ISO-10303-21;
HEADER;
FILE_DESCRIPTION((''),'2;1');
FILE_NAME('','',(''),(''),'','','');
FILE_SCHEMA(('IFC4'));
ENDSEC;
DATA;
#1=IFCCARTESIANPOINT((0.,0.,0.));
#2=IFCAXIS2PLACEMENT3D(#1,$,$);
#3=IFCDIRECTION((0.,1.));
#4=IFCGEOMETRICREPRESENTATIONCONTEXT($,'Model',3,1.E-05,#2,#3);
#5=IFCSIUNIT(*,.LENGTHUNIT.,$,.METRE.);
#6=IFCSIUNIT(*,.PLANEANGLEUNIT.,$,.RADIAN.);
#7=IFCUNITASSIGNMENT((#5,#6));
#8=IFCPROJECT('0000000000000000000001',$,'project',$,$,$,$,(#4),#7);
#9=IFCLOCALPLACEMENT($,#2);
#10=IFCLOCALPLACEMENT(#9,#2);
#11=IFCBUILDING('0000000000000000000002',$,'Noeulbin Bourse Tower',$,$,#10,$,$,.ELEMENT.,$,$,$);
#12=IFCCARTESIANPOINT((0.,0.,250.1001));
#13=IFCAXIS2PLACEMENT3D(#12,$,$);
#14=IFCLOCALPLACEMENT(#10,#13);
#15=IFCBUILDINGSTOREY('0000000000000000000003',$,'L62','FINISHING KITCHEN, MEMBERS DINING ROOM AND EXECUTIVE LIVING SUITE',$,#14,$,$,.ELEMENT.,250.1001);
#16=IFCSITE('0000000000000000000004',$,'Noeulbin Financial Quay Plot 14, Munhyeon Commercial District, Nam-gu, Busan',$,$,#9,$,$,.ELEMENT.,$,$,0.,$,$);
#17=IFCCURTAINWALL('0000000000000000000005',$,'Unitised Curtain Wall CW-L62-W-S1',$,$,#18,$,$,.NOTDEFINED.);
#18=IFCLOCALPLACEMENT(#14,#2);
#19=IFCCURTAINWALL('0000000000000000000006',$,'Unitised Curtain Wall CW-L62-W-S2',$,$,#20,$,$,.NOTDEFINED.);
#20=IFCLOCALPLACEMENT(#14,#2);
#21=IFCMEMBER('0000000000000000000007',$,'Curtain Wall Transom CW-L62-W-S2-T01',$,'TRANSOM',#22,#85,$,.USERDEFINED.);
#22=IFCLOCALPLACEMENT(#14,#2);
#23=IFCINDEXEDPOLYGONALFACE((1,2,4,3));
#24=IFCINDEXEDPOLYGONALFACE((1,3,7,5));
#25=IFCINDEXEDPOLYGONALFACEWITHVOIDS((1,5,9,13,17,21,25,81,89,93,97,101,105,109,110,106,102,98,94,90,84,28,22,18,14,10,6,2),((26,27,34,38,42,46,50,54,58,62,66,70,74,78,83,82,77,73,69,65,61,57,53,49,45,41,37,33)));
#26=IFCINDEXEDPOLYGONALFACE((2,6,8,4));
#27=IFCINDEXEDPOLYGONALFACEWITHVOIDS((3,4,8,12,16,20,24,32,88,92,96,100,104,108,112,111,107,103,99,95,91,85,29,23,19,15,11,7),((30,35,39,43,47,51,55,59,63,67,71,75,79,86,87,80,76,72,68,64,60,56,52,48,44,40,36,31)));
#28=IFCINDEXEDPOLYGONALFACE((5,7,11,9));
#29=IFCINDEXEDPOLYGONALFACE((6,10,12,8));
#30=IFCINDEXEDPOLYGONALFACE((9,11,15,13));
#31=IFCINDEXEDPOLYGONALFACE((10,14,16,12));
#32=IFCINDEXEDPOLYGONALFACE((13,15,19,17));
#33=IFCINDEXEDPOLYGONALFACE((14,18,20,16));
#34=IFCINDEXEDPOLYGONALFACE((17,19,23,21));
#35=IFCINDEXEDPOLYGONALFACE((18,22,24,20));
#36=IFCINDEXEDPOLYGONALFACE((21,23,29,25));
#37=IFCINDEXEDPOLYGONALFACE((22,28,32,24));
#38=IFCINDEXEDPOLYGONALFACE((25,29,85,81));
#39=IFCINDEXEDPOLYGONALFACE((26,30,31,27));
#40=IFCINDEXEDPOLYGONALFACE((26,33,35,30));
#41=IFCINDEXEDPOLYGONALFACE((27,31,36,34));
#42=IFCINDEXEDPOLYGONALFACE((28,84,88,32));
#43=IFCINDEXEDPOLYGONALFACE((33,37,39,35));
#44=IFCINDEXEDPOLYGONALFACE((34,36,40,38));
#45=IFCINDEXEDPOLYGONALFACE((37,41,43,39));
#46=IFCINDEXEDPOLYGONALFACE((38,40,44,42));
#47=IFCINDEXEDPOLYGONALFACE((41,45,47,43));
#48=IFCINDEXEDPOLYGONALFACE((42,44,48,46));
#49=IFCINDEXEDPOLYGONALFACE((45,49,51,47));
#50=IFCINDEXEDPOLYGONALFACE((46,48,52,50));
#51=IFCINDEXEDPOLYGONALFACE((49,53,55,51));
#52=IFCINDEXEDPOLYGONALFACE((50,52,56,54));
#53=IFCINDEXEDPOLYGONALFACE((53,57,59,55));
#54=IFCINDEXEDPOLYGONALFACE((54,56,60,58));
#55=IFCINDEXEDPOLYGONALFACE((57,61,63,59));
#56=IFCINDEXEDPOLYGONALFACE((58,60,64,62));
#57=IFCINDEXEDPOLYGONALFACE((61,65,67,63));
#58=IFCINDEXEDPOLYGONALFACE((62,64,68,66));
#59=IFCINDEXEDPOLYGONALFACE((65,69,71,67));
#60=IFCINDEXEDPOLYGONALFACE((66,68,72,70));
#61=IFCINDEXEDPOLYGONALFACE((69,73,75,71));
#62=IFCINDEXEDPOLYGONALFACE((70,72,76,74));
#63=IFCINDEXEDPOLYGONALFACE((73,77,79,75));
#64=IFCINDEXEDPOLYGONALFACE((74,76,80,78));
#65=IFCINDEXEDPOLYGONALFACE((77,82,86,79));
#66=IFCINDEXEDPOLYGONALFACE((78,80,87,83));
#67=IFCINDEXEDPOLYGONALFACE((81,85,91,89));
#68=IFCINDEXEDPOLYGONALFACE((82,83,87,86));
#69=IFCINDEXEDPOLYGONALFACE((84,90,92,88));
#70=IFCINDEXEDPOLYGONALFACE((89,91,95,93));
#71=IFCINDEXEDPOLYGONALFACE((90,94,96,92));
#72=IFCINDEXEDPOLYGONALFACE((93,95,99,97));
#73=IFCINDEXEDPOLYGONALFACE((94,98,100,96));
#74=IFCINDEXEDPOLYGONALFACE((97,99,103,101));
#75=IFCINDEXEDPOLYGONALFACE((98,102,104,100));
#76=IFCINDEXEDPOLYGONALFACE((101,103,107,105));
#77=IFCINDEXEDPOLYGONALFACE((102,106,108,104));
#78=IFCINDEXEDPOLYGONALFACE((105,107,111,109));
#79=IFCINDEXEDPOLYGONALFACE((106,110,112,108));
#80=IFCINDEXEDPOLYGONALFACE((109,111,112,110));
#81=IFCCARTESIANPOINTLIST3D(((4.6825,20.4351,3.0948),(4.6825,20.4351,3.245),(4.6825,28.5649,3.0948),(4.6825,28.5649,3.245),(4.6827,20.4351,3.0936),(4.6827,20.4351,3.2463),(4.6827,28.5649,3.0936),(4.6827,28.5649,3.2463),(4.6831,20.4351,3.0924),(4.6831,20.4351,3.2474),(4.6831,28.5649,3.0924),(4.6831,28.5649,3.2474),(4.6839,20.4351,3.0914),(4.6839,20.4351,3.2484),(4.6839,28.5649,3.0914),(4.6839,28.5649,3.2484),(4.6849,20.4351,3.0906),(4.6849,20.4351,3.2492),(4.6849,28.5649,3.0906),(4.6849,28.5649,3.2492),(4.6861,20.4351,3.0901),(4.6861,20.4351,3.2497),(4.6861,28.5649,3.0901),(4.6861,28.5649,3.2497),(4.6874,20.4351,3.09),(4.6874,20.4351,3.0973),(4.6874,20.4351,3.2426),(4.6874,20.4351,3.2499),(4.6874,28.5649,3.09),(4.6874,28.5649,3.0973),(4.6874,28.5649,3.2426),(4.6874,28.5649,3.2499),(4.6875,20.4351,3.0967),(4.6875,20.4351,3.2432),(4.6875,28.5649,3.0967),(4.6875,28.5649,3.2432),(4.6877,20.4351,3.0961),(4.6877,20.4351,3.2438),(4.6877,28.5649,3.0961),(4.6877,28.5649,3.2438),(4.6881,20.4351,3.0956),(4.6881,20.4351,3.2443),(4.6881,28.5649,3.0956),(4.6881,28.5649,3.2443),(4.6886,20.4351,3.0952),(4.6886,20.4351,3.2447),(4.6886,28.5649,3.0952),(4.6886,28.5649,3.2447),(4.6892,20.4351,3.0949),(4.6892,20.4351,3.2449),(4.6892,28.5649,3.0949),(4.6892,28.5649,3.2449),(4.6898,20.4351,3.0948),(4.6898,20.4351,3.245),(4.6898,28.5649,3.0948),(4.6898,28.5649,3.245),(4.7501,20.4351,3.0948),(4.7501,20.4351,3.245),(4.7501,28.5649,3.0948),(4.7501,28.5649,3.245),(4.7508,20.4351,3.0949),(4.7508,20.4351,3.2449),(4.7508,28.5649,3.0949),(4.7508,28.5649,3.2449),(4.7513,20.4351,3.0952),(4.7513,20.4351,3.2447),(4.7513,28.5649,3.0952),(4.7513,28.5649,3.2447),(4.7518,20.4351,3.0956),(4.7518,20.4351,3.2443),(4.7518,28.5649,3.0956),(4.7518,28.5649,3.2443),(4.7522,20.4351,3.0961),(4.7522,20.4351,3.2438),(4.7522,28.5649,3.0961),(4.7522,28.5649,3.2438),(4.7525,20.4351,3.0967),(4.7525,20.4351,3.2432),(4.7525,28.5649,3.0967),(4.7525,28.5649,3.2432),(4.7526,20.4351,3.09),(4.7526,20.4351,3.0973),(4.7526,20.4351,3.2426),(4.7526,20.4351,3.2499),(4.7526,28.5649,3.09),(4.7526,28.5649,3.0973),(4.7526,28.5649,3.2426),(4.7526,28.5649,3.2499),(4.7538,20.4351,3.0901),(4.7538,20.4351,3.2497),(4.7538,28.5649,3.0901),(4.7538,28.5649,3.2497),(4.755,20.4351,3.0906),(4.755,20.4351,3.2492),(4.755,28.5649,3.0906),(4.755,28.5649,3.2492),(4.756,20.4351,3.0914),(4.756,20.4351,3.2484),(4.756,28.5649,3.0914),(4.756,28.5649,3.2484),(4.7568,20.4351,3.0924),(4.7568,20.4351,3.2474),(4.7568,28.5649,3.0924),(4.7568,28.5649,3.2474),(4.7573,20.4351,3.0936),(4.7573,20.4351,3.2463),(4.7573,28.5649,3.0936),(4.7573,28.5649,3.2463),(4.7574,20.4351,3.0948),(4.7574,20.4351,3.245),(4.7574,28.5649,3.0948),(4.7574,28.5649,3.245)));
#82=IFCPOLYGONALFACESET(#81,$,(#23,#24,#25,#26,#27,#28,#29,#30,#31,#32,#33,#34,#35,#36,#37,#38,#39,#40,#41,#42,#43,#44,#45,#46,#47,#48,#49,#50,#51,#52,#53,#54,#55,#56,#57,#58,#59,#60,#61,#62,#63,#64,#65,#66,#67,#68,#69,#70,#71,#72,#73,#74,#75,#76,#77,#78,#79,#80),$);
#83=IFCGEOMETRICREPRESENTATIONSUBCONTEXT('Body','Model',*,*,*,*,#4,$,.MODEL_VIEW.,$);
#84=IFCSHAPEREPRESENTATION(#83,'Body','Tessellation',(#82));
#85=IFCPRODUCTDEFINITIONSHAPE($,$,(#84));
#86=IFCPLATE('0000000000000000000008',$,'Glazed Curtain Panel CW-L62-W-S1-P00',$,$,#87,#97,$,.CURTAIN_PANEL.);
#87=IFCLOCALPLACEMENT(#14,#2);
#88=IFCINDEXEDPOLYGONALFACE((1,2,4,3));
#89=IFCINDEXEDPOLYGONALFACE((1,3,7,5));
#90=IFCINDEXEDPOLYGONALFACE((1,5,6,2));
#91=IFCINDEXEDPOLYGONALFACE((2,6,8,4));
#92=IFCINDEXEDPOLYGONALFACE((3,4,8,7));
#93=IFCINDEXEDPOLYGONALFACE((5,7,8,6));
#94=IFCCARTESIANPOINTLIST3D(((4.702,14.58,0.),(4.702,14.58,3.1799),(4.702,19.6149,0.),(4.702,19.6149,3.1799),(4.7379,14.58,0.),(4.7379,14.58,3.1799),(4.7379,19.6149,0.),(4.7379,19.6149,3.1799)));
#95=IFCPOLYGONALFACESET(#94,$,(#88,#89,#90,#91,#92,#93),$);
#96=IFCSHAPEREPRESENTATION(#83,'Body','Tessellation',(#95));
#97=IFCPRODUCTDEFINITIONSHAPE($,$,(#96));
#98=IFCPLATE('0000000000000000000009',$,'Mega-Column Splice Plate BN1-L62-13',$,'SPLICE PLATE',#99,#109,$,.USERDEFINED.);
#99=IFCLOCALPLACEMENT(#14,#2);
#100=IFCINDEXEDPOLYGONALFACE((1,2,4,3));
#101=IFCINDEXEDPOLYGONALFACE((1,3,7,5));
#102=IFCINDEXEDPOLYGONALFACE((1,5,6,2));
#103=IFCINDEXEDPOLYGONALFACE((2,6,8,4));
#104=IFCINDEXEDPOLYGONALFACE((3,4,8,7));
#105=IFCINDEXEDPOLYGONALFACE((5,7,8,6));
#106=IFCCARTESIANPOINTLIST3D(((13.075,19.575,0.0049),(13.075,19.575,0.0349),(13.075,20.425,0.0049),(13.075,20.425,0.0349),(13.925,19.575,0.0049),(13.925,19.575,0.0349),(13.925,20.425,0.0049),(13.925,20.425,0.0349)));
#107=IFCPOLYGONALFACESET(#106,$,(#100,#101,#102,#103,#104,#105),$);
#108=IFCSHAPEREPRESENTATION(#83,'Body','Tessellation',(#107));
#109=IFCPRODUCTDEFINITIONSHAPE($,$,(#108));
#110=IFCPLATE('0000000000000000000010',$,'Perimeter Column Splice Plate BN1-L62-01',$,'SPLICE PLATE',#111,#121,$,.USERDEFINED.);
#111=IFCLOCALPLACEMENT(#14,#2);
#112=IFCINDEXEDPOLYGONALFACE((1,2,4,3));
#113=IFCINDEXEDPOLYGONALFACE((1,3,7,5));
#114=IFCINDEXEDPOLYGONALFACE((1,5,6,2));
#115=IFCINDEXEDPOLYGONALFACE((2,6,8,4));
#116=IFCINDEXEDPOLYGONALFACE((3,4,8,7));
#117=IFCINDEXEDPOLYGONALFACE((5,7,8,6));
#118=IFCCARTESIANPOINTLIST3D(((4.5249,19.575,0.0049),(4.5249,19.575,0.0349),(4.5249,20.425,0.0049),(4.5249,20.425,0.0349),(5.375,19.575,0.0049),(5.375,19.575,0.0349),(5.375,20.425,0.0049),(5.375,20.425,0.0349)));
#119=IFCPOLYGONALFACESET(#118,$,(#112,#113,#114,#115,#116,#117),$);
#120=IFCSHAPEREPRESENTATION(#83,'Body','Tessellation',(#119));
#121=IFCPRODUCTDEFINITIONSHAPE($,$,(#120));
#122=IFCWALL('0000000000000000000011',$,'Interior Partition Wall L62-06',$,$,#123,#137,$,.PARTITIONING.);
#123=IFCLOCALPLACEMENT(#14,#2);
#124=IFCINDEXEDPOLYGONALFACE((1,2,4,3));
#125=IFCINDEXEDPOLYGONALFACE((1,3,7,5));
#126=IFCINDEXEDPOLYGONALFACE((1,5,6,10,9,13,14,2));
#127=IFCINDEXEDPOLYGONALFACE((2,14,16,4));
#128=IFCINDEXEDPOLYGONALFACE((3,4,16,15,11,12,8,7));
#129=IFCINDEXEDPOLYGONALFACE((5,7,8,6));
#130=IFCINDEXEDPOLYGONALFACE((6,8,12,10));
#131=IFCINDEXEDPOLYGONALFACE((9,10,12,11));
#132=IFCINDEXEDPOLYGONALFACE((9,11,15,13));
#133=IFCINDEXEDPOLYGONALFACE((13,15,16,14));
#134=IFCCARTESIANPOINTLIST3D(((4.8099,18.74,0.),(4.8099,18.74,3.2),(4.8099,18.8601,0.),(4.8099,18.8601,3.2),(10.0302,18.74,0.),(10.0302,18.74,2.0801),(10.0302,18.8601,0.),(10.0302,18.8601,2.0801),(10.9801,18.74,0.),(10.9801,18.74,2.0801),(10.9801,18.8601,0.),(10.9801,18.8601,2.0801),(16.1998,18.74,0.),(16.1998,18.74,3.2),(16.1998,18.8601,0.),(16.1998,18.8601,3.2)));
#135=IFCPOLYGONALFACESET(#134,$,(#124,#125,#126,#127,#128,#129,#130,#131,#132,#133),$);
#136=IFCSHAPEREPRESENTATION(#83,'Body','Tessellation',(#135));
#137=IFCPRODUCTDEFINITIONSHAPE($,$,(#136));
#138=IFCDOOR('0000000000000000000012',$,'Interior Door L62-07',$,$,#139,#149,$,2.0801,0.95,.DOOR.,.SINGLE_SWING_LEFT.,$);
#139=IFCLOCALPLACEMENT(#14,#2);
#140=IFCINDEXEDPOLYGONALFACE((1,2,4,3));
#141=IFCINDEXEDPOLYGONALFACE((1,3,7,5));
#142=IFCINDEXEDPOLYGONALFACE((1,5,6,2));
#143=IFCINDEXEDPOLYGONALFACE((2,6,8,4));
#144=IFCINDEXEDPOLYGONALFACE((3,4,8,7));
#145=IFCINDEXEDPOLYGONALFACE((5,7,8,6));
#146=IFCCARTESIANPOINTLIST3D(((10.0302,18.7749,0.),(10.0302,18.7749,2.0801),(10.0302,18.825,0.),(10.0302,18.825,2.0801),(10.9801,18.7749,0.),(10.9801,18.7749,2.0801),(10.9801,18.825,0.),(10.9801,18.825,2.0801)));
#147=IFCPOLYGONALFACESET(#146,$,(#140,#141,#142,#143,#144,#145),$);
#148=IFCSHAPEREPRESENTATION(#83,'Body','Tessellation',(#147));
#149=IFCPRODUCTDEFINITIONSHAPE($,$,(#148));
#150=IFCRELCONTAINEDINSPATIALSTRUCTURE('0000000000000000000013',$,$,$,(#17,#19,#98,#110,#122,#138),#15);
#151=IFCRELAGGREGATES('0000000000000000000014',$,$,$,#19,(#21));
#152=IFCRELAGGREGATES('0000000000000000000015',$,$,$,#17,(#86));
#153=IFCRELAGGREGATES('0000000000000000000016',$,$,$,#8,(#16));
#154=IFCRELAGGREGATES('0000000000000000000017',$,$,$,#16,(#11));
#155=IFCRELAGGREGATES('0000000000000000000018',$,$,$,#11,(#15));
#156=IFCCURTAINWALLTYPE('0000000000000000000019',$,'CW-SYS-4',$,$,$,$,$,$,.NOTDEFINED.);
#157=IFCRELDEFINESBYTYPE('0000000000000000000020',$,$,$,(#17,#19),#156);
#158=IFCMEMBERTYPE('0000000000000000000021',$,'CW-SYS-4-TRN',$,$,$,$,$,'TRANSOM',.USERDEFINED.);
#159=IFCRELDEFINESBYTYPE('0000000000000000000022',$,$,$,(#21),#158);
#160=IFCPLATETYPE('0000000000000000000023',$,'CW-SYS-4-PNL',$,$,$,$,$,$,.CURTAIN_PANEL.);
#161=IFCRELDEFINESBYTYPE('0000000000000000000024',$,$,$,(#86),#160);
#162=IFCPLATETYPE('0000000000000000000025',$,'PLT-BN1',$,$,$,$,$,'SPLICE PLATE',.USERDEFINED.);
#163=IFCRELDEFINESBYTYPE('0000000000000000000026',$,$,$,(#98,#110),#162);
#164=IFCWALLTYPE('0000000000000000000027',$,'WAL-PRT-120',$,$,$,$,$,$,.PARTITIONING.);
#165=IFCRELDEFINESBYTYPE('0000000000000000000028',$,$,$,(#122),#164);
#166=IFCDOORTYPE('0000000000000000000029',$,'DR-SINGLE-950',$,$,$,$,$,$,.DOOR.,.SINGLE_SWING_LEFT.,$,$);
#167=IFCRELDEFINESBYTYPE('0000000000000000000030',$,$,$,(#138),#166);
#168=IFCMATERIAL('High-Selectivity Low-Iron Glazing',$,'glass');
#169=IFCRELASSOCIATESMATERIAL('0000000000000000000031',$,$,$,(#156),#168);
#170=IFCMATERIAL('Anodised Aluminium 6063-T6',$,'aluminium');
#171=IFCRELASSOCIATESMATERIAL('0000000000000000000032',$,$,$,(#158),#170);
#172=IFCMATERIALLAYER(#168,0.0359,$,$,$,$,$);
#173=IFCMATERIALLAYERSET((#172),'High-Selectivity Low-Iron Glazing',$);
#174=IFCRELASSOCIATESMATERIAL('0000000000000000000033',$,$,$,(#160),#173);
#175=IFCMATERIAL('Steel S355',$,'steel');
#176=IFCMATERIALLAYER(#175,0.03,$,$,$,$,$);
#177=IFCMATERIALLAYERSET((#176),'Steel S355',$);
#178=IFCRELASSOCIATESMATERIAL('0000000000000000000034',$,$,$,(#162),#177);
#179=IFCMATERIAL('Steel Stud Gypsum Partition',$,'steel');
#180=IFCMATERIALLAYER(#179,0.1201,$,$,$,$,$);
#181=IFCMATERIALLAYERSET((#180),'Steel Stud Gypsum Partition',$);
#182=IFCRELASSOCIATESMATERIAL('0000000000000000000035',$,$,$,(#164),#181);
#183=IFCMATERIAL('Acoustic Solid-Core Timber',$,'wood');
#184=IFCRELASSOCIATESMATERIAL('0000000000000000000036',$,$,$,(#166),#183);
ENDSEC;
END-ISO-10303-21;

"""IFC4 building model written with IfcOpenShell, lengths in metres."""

from ifc_helpers import new_model, si_unit, direction, frame, frame_2d, origin, origin_2d, place, context, subcontext, project, spatial, rectangle, hollow_rectangle, extrude, material, layer, layer_set, material_profile, profile_set, type_object, element, fill, aggregate, save


model = new_model("IFC4")

# Units and contexts
model_context = context("Model", 3, precision=1e-05, world=origin(), true_north=direction((0.0, 1.0)))
body_context = subcontext(model_context, "Body", "Model", "MODEL_VIEW")
ifc_project = project(units=[si_unit("LENGTHUNIT", "METRE"), si_unit("PLANEANGLEUNIT", "RADIAN")], contexts=[model_context])

# Site, building, storey
site_placement = place(None, origin())
site = spatial("IfcSite", under=ifc_project, at=site_placement, Name="Noeulbin Financial Quay Plot 14, Munhyeon Commercial District, Nam-gu, Busan", CompositionType="ELEMENT", RefElevation=0.0)
building_placement = place(site_placement, origin())
building = spatial("IfcBuilding", under=site, at=building_placement, Name="Noeulbin Bourse Tower", CompositionType="ELEMENT")
storey_placement = place(building_placement, frame((0.0, 0.0, 250.1001)))
storey = spatial("IfcBuildingStorey", under=building, at=storey_placement, Name="L62", Description="FINISHING KITCHEN, MEMBERS DINING ROOM AND EXECUTIVE LIVING SUITE", CompositionType="ELEMENT", Elevation=250.1001)

# Shared definitions
ifc_material_1 = material(Name="Steel S355", Category="steel")

# Curtain wall
ifc_material_2 = material(Name="High-Selectivity Low-Iron Glazing", Category="glass")
curtain_wall_type = type_object("IfcCurtainWallType", Name="CW-SYS-4", PredefinedType="NOTDEFINED", material=ifc_material_2)
curtain_wall_1_placement = place(storey_placement, origin())
curtain_wall_1 = element("IfcCurtainWall", 1, at=curtain_wall_1_placement, inside=storey, type_object=curtain_wall_type, Name="Unitised Curtain Wall CW-L62-W-S1", PredefinedType="NOTDEFINED")
ifc_material_3 = material(Name="Anodised Aluminium 6063-T6", Category="aluminium")

# Curtain wall
curtain_wall_2_placement = place(storey_placement, origin())
curtain_wall_2 = element("IfcCurtainWall", 2, at=curtain_wall_2_placement, inside=storey, type_object=curtain_wall_type, Name="Unitised Curtain Wall CW-L62-W-S2", PredefinedType="NOTDEFINED")

# Member
ifc_material_profile_1 = material_profile(ifc_material_3, hollow_rectangle(XDim=0.075, YDim=0.1599, WallThickness=0.0049, InnerFilletRadius=0.0024, OuterFilletRadius=0.0049, at=origin_2d()), Name="ALU-TRAN-75x160x5", Category="LoadBearing")
ifc_profile_set_1 = profile_set([ifc_material_profile_1], Name="Anodised Aluminium 6063-T6")
member_type_1 = type_object("IfcMemberType", Name="CW-SYS-4-TRN", ElementType="TRANSOM", PredefinedType="USERDEFINED", material=ifc_profile_set_1)
member_1_placement = place(storey_placement, frame((4.72, 20.4351, 3.1699), z_axis=(0.0, 1.0, 0.0), x_axis=(-1.0, 0.0, 0.0)))
member_1 = element("IfcMember", 3, at=member_1_placement, type_object=member_type_1, Name="Curtain Wall Transom CW-L62-W-S2-T01", ObjectType="TRANSOM", PredefinedType="USERDEFINED", context=body_context, shape_type="SweptSolid", body=[
    extrude(hollow_rectangle(XDim=0.075, YDim=0.1599, WallThickness=0.0049, InnerFilletRadius=0.0024, OuterFilletRadius=0.0049, at=origin_2d()), origin(), (0.0, 0.0, 1.0), 8.1299),
])
aggregate(curtain_wall_2, [member_1])

# Plate
ifc_layer_1 = layer(ifc_material_2, 0.0359)
ifc_layer_set_1 = layer_set([ifc_layer_1], Name="High-Selectivity Low-Iron Glazing")
plate_type_1 = type_object("IfcPlateType", Name="CW-SYS-4-PNL", PredefinedType="CURTAIN_PANEL", material=ifc_layer_set_1)
plate_placement = place(storey_placement, frame((4.72, 17.0974, 0.0), z_axis=(0.0, 0.0, 1.0), x_axis=(0.0, 1.0, 0.0)))
plate = element("IfcPlate", 4, at=plate_placement, type_object=plate_type_1, Name="Glazed Curtain Panel CW-L62-W-S1-P00", PredefinedType="CURTAIN_PANEL", context=body_context, shape_type="SweptSolid", body=[
    extrude(rectangle(XDim=5.0349, YDim=0.0359, at=origin_2d()), origin(), (0.0, 0.0, 1.0), 3.1799),
])
aggregate(curtain_wall_1, [plate])

# Plates
ifc_layer_2 = layer(ifc_material_1, 0.03)
ifc_layer_set_2 = layer_set([ifc_layer_2], Name="Steel S355")
plate_type_2 = type_object("IfcPlateType", Name="PLT-BN1", ElementType="SPLICE PLATE", PredefinedType="USERDEFINED", material=ifc_layer_set_2)
for number, where, z_axis, x_axis, name in (
    (5, (13.5, 20.0, 0.0049), (0.0, 0.0, 1.0), (1.0, 0.0, 0.0), "Mega-Column Splice Plate BN1-L62-13"),
    (6, (4.95, 20.0, 0.0049), (0.0, 0.0, 1.0), (1.0, 0.0, 0.0), "Perimeter Column Splice Plate BN1-L62-01"),
):
    element("IfcPlate", number, at=place(storey_placement, frame(where, z_axis=z_axis, x_axis=x_axis)), inside=storey, type_object=plate_type_2, Name=name, ObjectType="SPLICE PLATE", PredefinedType="USERDEFINED", context=body_context, shape_type="SweptSolid", body=[
        extrude(rectangle(XDim=0.8501, YDim=0.8501, at=origin_2d()), origin(), (0.0, 0.0, 1.0), 0.03),
    ])

# Wall, opening, door
ifc_material_4 = material(Name="Steel Stud Gypsum Partition", Category="steel")
ifc_layer_3 = layer(ifc_material_4, 0.1201)
ifc_layer_set_3 = layer_set([ifc_layer_3], Name="Steel Stud Gypsum Partition")
wall_type = type_object("IfcWallType", Name="WAL-PRT-120", PredefinedType="PARTITIONING", material=ifc_layer_set_3)
wall_placement = place(storey_placement, frame((4.8101, 18.8, 0.0), z_axis=(0.0, 0.0, 1.0), x_axis=(1.0, 0.0, 0.0)))
wall = element("IfcWall", 7, at=wall_placement, inside=storey, type_object=wall_type, Name="Interior Partition Wall L62-06", PredefinedType="PARTITIONING", context=body_context, shape_type="SweptSolid", body=[
    extrude(rectangle(XDim=11.3899, YDim=0.1201, at=frame_2d((5.6948, 0.0))), origin(), (0.0, 0.0, 1.0), 3.2),
])
opening_placement = place(wall_placement, frame((5.22, 0.0, 0.0)))
opening = element("IfcOpeningElement", 8, at=opening_placement, cuts=wall, PredefinedType="OPENING", context=body_context, shape_type="SweptSolid", body=[
    extrude(rectangle(XDim=0.95, YDim=2.0801, at=frame_2d((0.4751, 1.04))), frame((0.0, 0.0701, 0.0), z_axis=(0.0, -1.0, 0.0), x_axis=(1.0, 0.0, 0.0)), (0.0, 0.0, 1.0), 0.1401),
])
ifc_material_5 = material(Name="Acoustic Solid-Core Timber", Category="wood")
door_type = type_object("IfcDoorType", Name="DR-SINGLE-950", OperationType="SINGLE_SWING_LEFT", PredefinedType="DOOR", material=ifc_material_5)
door_placement = place(opening_placement, origin())
door = element("IfcDoor", 9, at=door_placement, inside=storey, type_object=door_type, Name="Interior Door L62-07", OperationType="SINGLE_SWING_LEFT", OverallHeight=2.0801, OverallWidth=0.95, PredefinedType="DOOR", context=body_context, shape_type="SweptSolid", body=[
    extrude(rectangle(XDim=0.95, YDim=2.0801, at=frame_2d((0.4751, 1.04))), frame((0.0, 0.0249, 0.0), z_axis=(0.0, -1.0, 0.0), x_axis=(1.0, 0.0, 0.0)), (0.0, 0.0, 1.0), 0.05),
])
fill(opening, door)

save(model, "model.ifc")
